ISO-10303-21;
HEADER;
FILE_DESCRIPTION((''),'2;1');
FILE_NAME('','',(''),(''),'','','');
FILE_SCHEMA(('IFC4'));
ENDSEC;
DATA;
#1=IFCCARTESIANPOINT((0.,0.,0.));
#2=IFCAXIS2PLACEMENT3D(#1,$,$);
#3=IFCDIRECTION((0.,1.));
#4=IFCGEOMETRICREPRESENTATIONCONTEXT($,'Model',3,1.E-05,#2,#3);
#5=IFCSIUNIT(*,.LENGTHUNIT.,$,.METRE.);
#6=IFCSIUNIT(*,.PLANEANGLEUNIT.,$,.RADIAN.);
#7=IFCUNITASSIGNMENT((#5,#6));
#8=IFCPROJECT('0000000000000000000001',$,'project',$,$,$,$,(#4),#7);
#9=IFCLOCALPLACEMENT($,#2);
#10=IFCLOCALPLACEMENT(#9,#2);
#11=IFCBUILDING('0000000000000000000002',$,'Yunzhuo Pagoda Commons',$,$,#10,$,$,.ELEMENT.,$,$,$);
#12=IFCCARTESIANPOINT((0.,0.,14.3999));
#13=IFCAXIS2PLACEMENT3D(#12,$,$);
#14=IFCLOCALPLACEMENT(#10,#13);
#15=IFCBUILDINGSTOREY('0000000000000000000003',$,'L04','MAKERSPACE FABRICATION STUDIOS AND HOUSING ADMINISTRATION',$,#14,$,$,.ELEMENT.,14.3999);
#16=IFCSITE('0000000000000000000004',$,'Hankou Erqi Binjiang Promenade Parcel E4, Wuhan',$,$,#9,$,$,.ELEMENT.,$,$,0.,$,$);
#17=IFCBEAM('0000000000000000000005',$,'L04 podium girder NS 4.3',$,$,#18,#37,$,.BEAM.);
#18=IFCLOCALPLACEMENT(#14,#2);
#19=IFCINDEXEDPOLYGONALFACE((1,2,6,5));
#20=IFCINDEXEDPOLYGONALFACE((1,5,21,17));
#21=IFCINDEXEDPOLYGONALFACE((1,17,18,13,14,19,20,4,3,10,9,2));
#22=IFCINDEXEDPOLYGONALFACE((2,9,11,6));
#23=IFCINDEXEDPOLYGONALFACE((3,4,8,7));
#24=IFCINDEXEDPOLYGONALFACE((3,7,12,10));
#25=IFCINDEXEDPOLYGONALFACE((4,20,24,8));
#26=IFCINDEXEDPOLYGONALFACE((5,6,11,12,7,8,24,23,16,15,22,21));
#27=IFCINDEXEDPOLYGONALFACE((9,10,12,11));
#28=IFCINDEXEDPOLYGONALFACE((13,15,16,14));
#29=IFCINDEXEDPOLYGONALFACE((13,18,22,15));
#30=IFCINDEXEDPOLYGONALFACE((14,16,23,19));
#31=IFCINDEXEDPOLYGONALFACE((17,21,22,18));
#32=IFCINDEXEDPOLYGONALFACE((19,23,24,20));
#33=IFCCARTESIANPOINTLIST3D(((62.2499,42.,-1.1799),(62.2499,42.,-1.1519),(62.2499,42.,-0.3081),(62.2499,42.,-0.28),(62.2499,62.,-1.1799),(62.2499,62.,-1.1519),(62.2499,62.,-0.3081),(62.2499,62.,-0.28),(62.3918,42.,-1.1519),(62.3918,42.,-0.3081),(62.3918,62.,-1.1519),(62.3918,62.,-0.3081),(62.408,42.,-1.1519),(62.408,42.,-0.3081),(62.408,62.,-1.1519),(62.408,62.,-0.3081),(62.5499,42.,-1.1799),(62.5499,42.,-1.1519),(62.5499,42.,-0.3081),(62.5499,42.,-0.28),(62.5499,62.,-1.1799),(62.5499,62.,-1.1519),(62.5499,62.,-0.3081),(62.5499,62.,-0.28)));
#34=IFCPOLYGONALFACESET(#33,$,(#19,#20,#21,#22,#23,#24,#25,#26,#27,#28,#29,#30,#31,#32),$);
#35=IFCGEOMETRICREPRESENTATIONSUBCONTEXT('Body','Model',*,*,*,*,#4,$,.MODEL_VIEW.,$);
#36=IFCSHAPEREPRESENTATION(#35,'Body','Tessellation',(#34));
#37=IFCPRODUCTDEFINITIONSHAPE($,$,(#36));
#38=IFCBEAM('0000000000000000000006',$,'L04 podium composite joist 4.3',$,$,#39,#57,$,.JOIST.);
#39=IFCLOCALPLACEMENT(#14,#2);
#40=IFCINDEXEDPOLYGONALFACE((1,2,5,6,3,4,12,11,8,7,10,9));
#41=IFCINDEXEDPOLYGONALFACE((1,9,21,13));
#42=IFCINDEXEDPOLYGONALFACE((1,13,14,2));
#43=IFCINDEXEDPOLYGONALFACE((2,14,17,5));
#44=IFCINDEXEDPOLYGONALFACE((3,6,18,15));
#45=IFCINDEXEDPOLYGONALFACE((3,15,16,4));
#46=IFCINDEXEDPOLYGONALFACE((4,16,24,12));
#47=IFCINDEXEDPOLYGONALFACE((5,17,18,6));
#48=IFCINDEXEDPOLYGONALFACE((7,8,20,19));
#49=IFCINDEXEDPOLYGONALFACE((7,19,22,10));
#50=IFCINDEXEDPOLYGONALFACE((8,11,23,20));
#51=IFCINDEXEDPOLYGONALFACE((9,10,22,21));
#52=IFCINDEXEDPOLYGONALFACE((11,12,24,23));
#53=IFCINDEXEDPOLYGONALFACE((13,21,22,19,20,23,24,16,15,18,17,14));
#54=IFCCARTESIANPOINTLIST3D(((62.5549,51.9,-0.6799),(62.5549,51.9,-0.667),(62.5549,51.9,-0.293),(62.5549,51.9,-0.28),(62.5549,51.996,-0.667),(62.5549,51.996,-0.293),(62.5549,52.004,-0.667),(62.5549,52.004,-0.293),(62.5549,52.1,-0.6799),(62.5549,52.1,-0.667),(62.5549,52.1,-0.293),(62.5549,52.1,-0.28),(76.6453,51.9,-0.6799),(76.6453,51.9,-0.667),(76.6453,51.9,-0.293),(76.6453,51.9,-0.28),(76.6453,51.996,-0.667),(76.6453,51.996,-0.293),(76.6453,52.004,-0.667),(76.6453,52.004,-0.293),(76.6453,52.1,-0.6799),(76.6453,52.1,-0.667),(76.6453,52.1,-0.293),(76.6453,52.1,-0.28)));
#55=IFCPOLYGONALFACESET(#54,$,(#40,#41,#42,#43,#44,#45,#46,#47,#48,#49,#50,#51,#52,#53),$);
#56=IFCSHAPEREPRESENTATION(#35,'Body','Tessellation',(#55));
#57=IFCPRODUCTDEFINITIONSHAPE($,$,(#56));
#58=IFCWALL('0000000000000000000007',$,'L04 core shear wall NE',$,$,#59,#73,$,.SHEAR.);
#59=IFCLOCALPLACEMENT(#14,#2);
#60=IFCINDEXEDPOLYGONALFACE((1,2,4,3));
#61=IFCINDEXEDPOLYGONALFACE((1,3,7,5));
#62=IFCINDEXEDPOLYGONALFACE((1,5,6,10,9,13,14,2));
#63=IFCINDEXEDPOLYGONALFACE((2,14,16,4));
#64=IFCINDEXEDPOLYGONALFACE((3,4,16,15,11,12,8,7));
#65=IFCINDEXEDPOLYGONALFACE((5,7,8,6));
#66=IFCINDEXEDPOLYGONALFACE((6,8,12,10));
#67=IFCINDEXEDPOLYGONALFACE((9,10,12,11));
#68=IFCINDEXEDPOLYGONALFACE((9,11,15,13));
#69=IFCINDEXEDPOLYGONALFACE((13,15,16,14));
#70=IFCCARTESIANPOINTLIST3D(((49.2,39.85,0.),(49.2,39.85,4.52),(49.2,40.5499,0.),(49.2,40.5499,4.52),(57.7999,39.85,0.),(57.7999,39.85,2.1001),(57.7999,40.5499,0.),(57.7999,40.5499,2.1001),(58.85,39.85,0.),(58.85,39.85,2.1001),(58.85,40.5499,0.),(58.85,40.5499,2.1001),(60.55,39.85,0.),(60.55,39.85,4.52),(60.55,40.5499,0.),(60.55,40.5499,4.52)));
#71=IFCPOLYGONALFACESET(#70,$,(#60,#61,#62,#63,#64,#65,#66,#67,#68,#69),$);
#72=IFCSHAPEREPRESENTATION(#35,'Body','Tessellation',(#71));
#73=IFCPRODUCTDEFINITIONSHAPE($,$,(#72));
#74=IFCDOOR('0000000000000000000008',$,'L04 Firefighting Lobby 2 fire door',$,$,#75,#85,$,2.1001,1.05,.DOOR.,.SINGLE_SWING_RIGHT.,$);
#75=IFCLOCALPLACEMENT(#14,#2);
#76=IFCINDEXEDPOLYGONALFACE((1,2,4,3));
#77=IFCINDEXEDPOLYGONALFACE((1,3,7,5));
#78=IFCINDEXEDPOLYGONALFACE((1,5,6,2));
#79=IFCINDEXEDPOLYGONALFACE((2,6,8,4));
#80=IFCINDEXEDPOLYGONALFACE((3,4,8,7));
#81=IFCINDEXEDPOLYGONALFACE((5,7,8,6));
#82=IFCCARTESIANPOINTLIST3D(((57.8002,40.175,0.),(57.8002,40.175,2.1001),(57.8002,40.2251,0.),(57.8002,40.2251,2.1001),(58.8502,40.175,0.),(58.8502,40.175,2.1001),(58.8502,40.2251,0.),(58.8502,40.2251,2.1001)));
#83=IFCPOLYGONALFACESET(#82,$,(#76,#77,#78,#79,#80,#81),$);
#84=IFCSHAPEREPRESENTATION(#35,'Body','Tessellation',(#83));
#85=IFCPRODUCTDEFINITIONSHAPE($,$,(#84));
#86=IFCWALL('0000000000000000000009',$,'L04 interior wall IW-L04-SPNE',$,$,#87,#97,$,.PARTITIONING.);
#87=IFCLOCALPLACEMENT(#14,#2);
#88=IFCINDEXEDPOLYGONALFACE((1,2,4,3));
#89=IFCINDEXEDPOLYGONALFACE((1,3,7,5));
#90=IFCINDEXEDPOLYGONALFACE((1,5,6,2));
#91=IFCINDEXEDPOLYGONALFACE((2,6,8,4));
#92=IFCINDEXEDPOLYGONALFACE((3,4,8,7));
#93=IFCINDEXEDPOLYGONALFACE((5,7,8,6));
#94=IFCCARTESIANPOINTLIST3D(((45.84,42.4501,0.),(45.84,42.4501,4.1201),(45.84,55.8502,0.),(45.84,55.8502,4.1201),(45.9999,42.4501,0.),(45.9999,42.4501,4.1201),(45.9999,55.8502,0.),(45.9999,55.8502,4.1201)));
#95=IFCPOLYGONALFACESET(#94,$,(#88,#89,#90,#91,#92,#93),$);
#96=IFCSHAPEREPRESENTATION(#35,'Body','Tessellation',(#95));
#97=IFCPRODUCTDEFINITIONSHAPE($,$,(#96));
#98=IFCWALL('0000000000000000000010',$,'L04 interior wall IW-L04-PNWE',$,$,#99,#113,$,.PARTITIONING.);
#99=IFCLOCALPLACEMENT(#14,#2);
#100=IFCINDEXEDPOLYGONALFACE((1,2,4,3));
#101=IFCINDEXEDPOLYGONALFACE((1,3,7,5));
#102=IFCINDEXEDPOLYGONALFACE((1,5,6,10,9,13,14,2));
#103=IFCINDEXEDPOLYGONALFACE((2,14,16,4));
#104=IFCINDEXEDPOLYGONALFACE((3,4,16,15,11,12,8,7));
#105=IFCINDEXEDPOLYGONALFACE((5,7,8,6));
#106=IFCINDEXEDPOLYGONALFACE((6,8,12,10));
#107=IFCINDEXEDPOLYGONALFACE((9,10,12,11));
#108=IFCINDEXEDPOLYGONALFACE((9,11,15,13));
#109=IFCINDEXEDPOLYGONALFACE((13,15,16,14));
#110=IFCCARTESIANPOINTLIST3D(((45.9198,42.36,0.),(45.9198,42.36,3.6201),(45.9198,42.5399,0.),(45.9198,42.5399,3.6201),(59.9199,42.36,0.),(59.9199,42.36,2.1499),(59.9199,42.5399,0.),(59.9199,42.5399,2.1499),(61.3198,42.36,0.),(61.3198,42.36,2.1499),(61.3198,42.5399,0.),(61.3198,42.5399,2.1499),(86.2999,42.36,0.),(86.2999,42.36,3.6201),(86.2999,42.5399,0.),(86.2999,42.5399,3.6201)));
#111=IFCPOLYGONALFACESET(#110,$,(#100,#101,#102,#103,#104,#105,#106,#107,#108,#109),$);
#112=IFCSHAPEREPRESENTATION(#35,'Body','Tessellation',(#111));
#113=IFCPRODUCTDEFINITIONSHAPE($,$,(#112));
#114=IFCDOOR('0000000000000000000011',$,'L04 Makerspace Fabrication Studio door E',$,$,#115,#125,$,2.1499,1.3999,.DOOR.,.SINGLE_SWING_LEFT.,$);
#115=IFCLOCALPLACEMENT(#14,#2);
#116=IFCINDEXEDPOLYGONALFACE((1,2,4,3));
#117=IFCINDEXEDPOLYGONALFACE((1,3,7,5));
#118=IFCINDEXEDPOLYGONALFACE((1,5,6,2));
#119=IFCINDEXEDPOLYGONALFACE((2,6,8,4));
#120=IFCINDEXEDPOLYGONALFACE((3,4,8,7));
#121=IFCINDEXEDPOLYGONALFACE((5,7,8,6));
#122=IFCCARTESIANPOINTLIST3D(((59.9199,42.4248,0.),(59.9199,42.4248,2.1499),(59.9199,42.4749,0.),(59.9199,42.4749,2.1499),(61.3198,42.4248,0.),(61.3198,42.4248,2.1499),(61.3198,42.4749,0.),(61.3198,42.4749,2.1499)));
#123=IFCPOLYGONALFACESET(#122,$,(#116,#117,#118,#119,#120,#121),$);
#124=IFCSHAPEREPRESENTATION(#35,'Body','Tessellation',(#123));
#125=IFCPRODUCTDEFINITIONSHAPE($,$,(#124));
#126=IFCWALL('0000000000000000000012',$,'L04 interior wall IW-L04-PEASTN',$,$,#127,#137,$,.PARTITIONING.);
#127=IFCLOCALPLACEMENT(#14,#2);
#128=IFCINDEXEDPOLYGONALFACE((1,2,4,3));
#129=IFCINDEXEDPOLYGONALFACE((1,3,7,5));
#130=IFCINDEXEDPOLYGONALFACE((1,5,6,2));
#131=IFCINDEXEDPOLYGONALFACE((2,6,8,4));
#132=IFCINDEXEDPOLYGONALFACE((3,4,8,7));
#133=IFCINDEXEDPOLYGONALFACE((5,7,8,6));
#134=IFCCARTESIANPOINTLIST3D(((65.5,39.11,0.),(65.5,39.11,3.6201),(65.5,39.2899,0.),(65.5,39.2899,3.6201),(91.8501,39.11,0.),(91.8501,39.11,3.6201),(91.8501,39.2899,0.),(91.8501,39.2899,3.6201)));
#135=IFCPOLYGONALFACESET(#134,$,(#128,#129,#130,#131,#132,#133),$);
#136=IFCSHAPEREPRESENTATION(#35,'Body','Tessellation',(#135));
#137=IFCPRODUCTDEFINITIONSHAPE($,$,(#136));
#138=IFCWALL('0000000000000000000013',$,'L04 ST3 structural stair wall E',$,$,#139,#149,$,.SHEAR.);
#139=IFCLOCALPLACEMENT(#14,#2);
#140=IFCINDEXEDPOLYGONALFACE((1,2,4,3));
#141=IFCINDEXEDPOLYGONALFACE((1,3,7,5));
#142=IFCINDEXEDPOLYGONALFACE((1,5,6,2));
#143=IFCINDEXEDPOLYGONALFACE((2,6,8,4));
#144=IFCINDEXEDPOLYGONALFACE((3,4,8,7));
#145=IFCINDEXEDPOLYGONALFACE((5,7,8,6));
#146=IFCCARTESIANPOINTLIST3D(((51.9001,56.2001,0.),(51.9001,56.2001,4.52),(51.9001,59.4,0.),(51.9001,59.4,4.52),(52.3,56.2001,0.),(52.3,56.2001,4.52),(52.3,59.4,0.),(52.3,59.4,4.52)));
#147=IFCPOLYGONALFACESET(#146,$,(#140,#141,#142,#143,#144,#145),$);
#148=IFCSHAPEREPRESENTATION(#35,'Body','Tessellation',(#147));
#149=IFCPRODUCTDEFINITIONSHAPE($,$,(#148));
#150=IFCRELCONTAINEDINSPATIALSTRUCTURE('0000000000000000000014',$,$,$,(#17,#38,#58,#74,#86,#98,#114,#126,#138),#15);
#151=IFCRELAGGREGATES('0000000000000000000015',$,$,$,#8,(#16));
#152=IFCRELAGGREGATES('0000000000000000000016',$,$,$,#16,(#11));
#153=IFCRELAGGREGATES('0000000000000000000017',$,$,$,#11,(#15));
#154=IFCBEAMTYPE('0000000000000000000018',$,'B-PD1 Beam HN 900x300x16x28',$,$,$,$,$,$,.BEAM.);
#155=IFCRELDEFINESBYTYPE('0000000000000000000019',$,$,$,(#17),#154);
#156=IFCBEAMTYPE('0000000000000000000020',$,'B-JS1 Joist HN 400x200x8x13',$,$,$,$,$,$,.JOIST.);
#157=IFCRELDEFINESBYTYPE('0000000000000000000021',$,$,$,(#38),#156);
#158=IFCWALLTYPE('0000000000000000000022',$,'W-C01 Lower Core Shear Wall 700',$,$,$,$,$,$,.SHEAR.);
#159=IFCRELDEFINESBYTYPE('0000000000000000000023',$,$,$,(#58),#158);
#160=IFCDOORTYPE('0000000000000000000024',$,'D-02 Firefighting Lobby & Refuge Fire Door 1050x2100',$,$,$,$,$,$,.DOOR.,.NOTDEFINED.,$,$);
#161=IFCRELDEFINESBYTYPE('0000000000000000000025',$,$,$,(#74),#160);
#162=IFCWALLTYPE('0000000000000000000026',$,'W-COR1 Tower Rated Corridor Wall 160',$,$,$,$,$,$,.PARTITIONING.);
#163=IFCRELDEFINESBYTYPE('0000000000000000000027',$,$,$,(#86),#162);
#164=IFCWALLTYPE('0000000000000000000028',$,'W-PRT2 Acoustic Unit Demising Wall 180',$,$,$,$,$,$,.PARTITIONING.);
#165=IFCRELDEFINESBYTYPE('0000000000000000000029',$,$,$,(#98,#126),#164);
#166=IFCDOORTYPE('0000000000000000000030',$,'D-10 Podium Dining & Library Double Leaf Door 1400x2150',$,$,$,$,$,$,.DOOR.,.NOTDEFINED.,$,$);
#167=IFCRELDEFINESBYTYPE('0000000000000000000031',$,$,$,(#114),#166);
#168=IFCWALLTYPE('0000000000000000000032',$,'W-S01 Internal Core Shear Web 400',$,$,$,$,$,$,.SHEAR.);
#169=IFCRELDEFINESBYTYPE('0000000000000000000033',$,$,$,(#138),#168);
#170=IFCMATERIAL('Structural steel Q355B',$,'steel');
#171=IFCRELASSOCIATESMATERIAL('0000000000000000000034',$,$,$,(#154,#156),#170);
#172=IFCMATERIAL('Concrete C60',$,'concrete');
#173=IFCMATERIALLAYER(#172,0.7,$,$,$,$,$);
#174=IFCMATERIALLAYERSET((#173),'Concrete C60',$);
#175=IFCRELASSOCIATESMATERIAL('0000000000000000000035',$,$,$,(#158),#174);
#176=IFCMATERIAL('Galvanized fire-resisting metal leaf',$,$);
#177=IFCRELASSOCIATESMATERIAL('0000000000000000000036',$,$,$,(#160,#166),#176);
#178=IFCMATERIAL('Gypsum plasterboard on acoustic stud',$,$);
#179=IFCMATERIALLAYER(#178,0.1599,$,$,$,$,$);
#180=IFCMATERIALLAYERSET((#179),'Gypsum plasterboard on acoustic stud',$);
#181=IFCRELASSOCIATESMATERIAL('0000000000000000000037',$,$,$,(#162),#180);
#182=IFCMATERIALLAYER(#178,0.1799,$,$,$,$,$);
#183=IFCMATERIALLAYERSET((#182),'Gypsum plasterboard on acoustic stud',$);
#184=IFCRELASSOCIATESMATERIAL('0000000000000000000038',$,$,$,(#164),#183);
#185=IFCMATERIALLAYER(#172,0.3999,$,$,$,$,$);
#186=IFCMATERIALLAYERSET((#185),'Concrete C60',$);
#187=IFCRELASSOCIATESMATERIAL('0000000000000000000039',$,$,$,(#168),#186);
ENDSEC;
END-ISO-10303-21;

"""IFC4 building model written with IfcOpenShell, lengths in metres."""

from ifc_helpers import new_model, si_unit, direction, frame, frame_2d, origin, origin_with_axes, origin_2d, place, context, subcontext, project, spatial, rectangle, i_section, extrude, source, transform, mapped, material, layer, layer_set, material_profile, profile_set, type_object, element, fill, save


model = new_model("IFC4")

# Units and contexts
model_context = context("Model", 3, precision=1e-05, world=origin(), true_north=direction((0.0, 1.0)))
body_context = subcontext(model_context, "Body", "Model", "MODEL_VIEW")
ifc_project = project(units=[si_unit("LENGTHUNIT", "METRE"), si_unit("PLANEANGLEUNIT", "RADIAN")], contexts=[model_context])

# Site, building, storey
site_placement = place(None, origin())
site = spatial("IfcSite", under=ifc_project, at=site_placement, Name="Hankou Erqi Binjiang Promenade Parcel E4, Wuhan", CompositionType="ELEMENT", RefElevation=0.0)
building_placement = place(site_placement, origin())
building = spatial("IfcBuilding", under=site, at=building_placement, Name="Yunzhuo Pagoda Commons", CompositionType="ELEMENT")
storey_placement = place(building_placement, frame((0.0, 0.0, 14.3999)))
storey = spatial("IfcBuildingStorey", under=building, at=storey_placement, Name="L04", Description="MAKERSPACE FABRICATION STUDIOS AND HOUSING ADMINISTRATION", CompositionType="ELEMENT", Elevation=14.3999)

# Beams
ifc_material_1 = material(Name="Structural steel Q355B", Category="steel")
ifc_material_profile_1 = material_profile(ifc_material_1, i_section(OverallWidth=0.3, OverallDepth=0.8999, WebThickness=0.0161, FlangeThickness=0.0281, at=origin_2d()), Name="Structural steel Q355B")
ifc_profile_set_1 = profile_set([ifc_material_profile_1], Name="Structural steel Q355B")
beam_type_1 = type_object("IfcBeamType", Name="B-PD1 Beam HN 900x300x16x28", PredefinedType="BEAM", material=ifc_profile_set_1)
shared_shape_1 = source(origin(), body_context, "Body", "SweptSolid", [
    extrude(i_section(OverallWidth=0.3, OverallDepth=0.8999, WebThickness=0.0161, FlangeThickness=0.0281, at=origin_2d()), origin(), (0.0, 0.0, 1.0), 20.0),
])
beam_1_placement = place(storey_placement, frame((62.3999, 42.0, -0.73), z_axis=(0.0, 1.0, 0.0), x_axis=(-1.0, 0.0, 0.0)))
element("IfcBeam", 1, at=beam_1_placement, inside=storey, type_object=beam_type_1, Name="L04 podium girder NS 4.3", PredefinedType="BEAM", context=body_context, shape_type="MappedRepresentation", body=[
    mapped(shared_shape_1, transform((0.0, 0.0, 0.0), scale=1.0)),
])
ifc_material_profile_2 = material_profile(ifc_material_1, i_section(OverallWidth=0.2, OverallDepth=0.3999, WebThickness=0.0081, FlangeThickness=0.0129, at=origin_2d()), Name="Structural steel Q355B")
ifc_profile_set_2 = profile_set([ifc_material_profile_2], Name="Structural steel Q355B")
beam_type_2 = type_object("IfcBeamType", Name="B-JS1 Joist HN 400x200x8x13", PredefinedType="JOIST", material=ifc_profile_set_2)
shared_shape_2 = source(origin(), body_context, "Body", "SweptSolid", [
    extrude(i_section(OverallWidth=0.2, OverallDepth=0.3999, WebThickness=0.0081, FlangeThickness=0.0129, at=origin_2d()), origin(), (0.0, 0.0, 1.0), 14.0903),
])
beam_2_placement = place(storey_placement, frame((62.5549, 52.0, -0.48), z_axis=(1.0, 0.0, 0.0), x_axis=(0.0, 1.0, 0.0)))
element("IfcBeam", 2, at=beam_2_placement, inside=storey, type_object=beam_type_2, Name="L04 podium composite joist 4.3", PredefinedType="JOIST", context=body_context, shape_type="MappedRepresentation", body=[
    mapped(shared_shape_2, transform((0.0, 0.0, 0.0), scale=1.0)),
])

# Wall, opening, door
ifc_material_2 = material(Name="Concrete C60", Category="concrete")
ifc_layer_1 = layer(ifc_material_2, 0.7)
ifc_layer_set_1 = layer_set([ifc_layer_1], Name="Concrete C60")
wall_type_1 = type_object("IfcWallType", Name="W-C01 Lower Core Shear Wall 700", PredefinedType="SHEAR", material=ifc_layer_set_1)
wall_1_placement = place(storey_placement, frame((49.2, 40.2, 0.0), z_axis=(0.0, 0.0, 1.0), x_axis=(1.0, 0.0, 0.0)))
wall_1 = element("IfcWall", 3, at=wall_1_placement, inside=storey, type_object=wall_type_1, Name="L04 core shear wall NE", PredefinedType="SHEAR", context=body_context, shape_type="SweptSolid", body=[
    extrude(rectangle(XDim=11.3501, YDim=0.7, at=frame_2d((5.675, 0.0))), origin(), (0.0, 0.0, 1.0), 4.52),
])
opening_1_placement = place(wall_1_placement, frame((8.6001, 0.0, 0.0)))
opening_1 = element("IfcOpeningElement", 4, at=opening_1_placement, cuts=wall_1, PredefinedType="OPENING", context=body_context, shape_type="SweptSolid", body=[
    extrude(rectangle(XDim=1.05, YDim=2.1001, at=frame_2d((0.5249, 1.05))), frame((0.0, 0.3599, 0.0), z_axis=(0.0, -1.0, 0.0), x_axis=(1.0, 0.0, 0.0)), (0.0, 0.0, 1.0), 0.72),
])
ifc_material_3 = material(Name="Galvanized fire-resisting metal leaf")
door_type_1 = type_object("IfcDoorType", Name="D-02 Firefighting Lobby & Refuge Fire Door 1050x2100", OperationType="NOTDEFINED", PredefinedType="DOOR", material=ifc_material_3)
shared_shape_3 = source(origin(), body_context, "Body", "SweptSolid", [
    extrude(rectangle(XDim=1.05, YDim=2.1001, at=frame_2d((0.5249, 1.05))), frame((0.0, 0.0249, 0.0), z_axis=(0.0, -1.0, 0.0), x_axis=(1.0, 0.0, 0.0)), (0.0, 0.0, 1.0), 0.05),
])
door_1_placement = place(opening_1_placement, frame((1.05, 0.0, 0.0), z_axis=(0.0, 0.0, 1.0), x_axis=(-1.0, 0.0, 0.0)))
door_1 = element("IfcDoor", 5, at=door_1_placement, inside=storey, type_object=door_type_1, Name="L04 Firefighting Lobby 2 fire door", OperationType="SINGLE_SWING_RIGHT", OverallHeight=2.1001, OverallWidth=1.05, PredefinedType="DOOR", context=body_context, shape_type="MappedRepresentation", body=[
    mapped(shared_shape_3, transform((0.0, 0.0, 0.0), scale=1.0)),
])
fill(opening_1, door_1)

# Wall
ifc_material_4 = material(Name="Gypsum plasterboard on acoustic stud")
ifc_layer_2 = layer(ifc_material_4, 0.1599)
ifc_layer_set_2 = layer_set([ifc_layer_2], Name="Gypsum plasterboard on acoustic stud")
wall_type_2 = type_object("IfcWallType", Name="W-COR1 Tower Rated Corridor Wall 160", PredefinedType="PARTITIONING", material=ifc_layer_set_2)
wall_2_placement = place(storey_placement, frame((45.9199, 42.45, 0.0), z_axis=(0.0, 0.0, 1.0), x_axis=(0.0, 1.0, 0.0)))
element("IfcWall", 6, at=wall_2_placement, inside=storey, type_object=wall_type_2, Name="L04 interior wall IW-L04-SPNE", PredefinedType="PARTITIONING", context=body_context, shape_type="SweptSolid", body=[
    extrude(rectangle(XDim=13.4001, YDim=0.1599, at=frame_2d((6.7002, 0.0))), origin(), (0.0, 0.0, 1.0), 4.1201),
])

# Wall, opening, door
ifc_layer_3 = layer(ifc_material_4, 0.1799)
ifc_layer_set_3 = layer_set([ifc_layer_3], Name="Gypsum plasterboard on acoustic stud")
wall_type_3 = type_object("IfcWallType", Name="W-PRT2 Acoustic Unit Demising Wall 180", PredefinedType="PARTITIONING", material=ifc_layer_set_3)
wall_3_placement = place(storey_placement, frame((45.9199, 42.45, 0.0), z_axis=(0.0, 0.0, 1.0), x_axis=(1.0, 0.0, 0.0)))
wall_3 = element("IfcWall", 7, at=wall_3_placement, inside=storey, type_object=wall_type_3, Name="L04 interior wall IW-L04-PNWE", PredefinedType="PARTITIONING", context=body_context, shape_type="SweptSolid", body=[
    extrude(rectangle(XDim=40.3801, YDim=0.1799, at=frame_2d((20.1899, 0.0))), origin(), (0.0, 0.0, 1.0), 3.6201),
])
opening_2_placement = place(wall_3_placement, frame((14.0, 0.0, 0.0)))
opening_2 = element("IfcOpeningElement", 8, at=opening_2_placement, cuts=wall_3, PredefinedType="OPENING", context=body_context, shape_type="SweptSolid", body=[
    extrude(rectangle(XDim=1.3999, YDim=2.1499, at=frame_2d((0.7, 1.075))), frame((0.0, 0.1001, 0.0), z_axis=(0.0, -1.0, 0.0), x_axis=(1.0, 0.0, 0.0)), (0.0, 0.0, 1.0), 0.2),
])
door_type_2 = type_object("IfcDoorType", Name="D-10 Podium Dining & Library Double Leaf Door 1400x2150", OperationType="NOTDEFINED", PredefinedType="DOOR", material=ifc_material_3)
shared_shape_4 = source(origin(), body_context, "Body", "SweptSolid", [
    extrude(rectangle(XDim=1.3999, YDim=2.1499, at=frame_2d((0.7, 1.075))), frame((0.0, 0.0249, 0.0), z_axis=(0.0, -1.0, 0.0), x_axis=(1.0, 0.0, 0.0)), (0.0, 0.0, 1.0), 0.05),
])
door_2_placement = place(opening_2_placement, origin_with_axes())
door_2 = element("IfcDoor", 9, at=door_2_placement, inside=storey, type_object=door_type_2, Name="L04 Makerspace Fabrication Studio door E", OperationType="SINGLE_SWING_LEFT", OverallHeight=2.1499, OverallWidth=1.3999, PredefinedType="DOOR", context=body_context, shape_type="MappedRepresentation", body=[
    mapped(shared_shape_4, transform((0.0, 0.0, 0.0), scale=1.0)),
])
fill(opening_2, door_2)

# Walls
wall_4_placement = place(storey_placement, frame((65.5, 39.2, 0.0), z_axis=(0.0, 0.0, 1.0), x_axis=(1.0, 0.0, 0.0)))
element("IfcWall", 10, at=wall_4_placement, inside=storey, type_object=wall_type_3, Name="L04 interior wall IW-L04-PEASTN", PredefinedType="PARTITIONING", context=body_context, shape_type="SweptSolid", body=[
    extrude(rectangle(XDim=26.3501, YDim=0.1799, at=frame_2d((13.175, 0.0))), origin(), (0.0, 0.0, 1.0), 3.6201),
])
ifc_layer_4 = layer(ifc_material_2, 0.3999)
ifc_layer_set_4 = layer_set([ifc_layer_4], Name="Concrete C60")
wall_type_4 = type_object("IfcWallType", Name="W-S01 Internal Core Shear Web 400", PredefinedType="SHEAR", material=ifc_layer_set_4)
wall_5_placement = place(storey_placement, frame((52.1001, 56.2, 0.0), z_axis=(0.0, 0.0, 1.0), x_axis=(0.0, 1.0, 0.0)))
element("IfcWall", 11, at=wall_5_placement, inside=storey, type_object=wall_type_4, Name="L04 ST3 structural stair wall E", PredefinedType="SHEAR", context=body_context, shape_type="SweptSolid", body=[
    extrude(rectangle(XDim=3.2, YDim=0.3999, at=frame_2d((1.6001, 0.0))), origin(), (0.0, 0.0, 1.0), 4.52),
])

save(model, "model.ifc")
